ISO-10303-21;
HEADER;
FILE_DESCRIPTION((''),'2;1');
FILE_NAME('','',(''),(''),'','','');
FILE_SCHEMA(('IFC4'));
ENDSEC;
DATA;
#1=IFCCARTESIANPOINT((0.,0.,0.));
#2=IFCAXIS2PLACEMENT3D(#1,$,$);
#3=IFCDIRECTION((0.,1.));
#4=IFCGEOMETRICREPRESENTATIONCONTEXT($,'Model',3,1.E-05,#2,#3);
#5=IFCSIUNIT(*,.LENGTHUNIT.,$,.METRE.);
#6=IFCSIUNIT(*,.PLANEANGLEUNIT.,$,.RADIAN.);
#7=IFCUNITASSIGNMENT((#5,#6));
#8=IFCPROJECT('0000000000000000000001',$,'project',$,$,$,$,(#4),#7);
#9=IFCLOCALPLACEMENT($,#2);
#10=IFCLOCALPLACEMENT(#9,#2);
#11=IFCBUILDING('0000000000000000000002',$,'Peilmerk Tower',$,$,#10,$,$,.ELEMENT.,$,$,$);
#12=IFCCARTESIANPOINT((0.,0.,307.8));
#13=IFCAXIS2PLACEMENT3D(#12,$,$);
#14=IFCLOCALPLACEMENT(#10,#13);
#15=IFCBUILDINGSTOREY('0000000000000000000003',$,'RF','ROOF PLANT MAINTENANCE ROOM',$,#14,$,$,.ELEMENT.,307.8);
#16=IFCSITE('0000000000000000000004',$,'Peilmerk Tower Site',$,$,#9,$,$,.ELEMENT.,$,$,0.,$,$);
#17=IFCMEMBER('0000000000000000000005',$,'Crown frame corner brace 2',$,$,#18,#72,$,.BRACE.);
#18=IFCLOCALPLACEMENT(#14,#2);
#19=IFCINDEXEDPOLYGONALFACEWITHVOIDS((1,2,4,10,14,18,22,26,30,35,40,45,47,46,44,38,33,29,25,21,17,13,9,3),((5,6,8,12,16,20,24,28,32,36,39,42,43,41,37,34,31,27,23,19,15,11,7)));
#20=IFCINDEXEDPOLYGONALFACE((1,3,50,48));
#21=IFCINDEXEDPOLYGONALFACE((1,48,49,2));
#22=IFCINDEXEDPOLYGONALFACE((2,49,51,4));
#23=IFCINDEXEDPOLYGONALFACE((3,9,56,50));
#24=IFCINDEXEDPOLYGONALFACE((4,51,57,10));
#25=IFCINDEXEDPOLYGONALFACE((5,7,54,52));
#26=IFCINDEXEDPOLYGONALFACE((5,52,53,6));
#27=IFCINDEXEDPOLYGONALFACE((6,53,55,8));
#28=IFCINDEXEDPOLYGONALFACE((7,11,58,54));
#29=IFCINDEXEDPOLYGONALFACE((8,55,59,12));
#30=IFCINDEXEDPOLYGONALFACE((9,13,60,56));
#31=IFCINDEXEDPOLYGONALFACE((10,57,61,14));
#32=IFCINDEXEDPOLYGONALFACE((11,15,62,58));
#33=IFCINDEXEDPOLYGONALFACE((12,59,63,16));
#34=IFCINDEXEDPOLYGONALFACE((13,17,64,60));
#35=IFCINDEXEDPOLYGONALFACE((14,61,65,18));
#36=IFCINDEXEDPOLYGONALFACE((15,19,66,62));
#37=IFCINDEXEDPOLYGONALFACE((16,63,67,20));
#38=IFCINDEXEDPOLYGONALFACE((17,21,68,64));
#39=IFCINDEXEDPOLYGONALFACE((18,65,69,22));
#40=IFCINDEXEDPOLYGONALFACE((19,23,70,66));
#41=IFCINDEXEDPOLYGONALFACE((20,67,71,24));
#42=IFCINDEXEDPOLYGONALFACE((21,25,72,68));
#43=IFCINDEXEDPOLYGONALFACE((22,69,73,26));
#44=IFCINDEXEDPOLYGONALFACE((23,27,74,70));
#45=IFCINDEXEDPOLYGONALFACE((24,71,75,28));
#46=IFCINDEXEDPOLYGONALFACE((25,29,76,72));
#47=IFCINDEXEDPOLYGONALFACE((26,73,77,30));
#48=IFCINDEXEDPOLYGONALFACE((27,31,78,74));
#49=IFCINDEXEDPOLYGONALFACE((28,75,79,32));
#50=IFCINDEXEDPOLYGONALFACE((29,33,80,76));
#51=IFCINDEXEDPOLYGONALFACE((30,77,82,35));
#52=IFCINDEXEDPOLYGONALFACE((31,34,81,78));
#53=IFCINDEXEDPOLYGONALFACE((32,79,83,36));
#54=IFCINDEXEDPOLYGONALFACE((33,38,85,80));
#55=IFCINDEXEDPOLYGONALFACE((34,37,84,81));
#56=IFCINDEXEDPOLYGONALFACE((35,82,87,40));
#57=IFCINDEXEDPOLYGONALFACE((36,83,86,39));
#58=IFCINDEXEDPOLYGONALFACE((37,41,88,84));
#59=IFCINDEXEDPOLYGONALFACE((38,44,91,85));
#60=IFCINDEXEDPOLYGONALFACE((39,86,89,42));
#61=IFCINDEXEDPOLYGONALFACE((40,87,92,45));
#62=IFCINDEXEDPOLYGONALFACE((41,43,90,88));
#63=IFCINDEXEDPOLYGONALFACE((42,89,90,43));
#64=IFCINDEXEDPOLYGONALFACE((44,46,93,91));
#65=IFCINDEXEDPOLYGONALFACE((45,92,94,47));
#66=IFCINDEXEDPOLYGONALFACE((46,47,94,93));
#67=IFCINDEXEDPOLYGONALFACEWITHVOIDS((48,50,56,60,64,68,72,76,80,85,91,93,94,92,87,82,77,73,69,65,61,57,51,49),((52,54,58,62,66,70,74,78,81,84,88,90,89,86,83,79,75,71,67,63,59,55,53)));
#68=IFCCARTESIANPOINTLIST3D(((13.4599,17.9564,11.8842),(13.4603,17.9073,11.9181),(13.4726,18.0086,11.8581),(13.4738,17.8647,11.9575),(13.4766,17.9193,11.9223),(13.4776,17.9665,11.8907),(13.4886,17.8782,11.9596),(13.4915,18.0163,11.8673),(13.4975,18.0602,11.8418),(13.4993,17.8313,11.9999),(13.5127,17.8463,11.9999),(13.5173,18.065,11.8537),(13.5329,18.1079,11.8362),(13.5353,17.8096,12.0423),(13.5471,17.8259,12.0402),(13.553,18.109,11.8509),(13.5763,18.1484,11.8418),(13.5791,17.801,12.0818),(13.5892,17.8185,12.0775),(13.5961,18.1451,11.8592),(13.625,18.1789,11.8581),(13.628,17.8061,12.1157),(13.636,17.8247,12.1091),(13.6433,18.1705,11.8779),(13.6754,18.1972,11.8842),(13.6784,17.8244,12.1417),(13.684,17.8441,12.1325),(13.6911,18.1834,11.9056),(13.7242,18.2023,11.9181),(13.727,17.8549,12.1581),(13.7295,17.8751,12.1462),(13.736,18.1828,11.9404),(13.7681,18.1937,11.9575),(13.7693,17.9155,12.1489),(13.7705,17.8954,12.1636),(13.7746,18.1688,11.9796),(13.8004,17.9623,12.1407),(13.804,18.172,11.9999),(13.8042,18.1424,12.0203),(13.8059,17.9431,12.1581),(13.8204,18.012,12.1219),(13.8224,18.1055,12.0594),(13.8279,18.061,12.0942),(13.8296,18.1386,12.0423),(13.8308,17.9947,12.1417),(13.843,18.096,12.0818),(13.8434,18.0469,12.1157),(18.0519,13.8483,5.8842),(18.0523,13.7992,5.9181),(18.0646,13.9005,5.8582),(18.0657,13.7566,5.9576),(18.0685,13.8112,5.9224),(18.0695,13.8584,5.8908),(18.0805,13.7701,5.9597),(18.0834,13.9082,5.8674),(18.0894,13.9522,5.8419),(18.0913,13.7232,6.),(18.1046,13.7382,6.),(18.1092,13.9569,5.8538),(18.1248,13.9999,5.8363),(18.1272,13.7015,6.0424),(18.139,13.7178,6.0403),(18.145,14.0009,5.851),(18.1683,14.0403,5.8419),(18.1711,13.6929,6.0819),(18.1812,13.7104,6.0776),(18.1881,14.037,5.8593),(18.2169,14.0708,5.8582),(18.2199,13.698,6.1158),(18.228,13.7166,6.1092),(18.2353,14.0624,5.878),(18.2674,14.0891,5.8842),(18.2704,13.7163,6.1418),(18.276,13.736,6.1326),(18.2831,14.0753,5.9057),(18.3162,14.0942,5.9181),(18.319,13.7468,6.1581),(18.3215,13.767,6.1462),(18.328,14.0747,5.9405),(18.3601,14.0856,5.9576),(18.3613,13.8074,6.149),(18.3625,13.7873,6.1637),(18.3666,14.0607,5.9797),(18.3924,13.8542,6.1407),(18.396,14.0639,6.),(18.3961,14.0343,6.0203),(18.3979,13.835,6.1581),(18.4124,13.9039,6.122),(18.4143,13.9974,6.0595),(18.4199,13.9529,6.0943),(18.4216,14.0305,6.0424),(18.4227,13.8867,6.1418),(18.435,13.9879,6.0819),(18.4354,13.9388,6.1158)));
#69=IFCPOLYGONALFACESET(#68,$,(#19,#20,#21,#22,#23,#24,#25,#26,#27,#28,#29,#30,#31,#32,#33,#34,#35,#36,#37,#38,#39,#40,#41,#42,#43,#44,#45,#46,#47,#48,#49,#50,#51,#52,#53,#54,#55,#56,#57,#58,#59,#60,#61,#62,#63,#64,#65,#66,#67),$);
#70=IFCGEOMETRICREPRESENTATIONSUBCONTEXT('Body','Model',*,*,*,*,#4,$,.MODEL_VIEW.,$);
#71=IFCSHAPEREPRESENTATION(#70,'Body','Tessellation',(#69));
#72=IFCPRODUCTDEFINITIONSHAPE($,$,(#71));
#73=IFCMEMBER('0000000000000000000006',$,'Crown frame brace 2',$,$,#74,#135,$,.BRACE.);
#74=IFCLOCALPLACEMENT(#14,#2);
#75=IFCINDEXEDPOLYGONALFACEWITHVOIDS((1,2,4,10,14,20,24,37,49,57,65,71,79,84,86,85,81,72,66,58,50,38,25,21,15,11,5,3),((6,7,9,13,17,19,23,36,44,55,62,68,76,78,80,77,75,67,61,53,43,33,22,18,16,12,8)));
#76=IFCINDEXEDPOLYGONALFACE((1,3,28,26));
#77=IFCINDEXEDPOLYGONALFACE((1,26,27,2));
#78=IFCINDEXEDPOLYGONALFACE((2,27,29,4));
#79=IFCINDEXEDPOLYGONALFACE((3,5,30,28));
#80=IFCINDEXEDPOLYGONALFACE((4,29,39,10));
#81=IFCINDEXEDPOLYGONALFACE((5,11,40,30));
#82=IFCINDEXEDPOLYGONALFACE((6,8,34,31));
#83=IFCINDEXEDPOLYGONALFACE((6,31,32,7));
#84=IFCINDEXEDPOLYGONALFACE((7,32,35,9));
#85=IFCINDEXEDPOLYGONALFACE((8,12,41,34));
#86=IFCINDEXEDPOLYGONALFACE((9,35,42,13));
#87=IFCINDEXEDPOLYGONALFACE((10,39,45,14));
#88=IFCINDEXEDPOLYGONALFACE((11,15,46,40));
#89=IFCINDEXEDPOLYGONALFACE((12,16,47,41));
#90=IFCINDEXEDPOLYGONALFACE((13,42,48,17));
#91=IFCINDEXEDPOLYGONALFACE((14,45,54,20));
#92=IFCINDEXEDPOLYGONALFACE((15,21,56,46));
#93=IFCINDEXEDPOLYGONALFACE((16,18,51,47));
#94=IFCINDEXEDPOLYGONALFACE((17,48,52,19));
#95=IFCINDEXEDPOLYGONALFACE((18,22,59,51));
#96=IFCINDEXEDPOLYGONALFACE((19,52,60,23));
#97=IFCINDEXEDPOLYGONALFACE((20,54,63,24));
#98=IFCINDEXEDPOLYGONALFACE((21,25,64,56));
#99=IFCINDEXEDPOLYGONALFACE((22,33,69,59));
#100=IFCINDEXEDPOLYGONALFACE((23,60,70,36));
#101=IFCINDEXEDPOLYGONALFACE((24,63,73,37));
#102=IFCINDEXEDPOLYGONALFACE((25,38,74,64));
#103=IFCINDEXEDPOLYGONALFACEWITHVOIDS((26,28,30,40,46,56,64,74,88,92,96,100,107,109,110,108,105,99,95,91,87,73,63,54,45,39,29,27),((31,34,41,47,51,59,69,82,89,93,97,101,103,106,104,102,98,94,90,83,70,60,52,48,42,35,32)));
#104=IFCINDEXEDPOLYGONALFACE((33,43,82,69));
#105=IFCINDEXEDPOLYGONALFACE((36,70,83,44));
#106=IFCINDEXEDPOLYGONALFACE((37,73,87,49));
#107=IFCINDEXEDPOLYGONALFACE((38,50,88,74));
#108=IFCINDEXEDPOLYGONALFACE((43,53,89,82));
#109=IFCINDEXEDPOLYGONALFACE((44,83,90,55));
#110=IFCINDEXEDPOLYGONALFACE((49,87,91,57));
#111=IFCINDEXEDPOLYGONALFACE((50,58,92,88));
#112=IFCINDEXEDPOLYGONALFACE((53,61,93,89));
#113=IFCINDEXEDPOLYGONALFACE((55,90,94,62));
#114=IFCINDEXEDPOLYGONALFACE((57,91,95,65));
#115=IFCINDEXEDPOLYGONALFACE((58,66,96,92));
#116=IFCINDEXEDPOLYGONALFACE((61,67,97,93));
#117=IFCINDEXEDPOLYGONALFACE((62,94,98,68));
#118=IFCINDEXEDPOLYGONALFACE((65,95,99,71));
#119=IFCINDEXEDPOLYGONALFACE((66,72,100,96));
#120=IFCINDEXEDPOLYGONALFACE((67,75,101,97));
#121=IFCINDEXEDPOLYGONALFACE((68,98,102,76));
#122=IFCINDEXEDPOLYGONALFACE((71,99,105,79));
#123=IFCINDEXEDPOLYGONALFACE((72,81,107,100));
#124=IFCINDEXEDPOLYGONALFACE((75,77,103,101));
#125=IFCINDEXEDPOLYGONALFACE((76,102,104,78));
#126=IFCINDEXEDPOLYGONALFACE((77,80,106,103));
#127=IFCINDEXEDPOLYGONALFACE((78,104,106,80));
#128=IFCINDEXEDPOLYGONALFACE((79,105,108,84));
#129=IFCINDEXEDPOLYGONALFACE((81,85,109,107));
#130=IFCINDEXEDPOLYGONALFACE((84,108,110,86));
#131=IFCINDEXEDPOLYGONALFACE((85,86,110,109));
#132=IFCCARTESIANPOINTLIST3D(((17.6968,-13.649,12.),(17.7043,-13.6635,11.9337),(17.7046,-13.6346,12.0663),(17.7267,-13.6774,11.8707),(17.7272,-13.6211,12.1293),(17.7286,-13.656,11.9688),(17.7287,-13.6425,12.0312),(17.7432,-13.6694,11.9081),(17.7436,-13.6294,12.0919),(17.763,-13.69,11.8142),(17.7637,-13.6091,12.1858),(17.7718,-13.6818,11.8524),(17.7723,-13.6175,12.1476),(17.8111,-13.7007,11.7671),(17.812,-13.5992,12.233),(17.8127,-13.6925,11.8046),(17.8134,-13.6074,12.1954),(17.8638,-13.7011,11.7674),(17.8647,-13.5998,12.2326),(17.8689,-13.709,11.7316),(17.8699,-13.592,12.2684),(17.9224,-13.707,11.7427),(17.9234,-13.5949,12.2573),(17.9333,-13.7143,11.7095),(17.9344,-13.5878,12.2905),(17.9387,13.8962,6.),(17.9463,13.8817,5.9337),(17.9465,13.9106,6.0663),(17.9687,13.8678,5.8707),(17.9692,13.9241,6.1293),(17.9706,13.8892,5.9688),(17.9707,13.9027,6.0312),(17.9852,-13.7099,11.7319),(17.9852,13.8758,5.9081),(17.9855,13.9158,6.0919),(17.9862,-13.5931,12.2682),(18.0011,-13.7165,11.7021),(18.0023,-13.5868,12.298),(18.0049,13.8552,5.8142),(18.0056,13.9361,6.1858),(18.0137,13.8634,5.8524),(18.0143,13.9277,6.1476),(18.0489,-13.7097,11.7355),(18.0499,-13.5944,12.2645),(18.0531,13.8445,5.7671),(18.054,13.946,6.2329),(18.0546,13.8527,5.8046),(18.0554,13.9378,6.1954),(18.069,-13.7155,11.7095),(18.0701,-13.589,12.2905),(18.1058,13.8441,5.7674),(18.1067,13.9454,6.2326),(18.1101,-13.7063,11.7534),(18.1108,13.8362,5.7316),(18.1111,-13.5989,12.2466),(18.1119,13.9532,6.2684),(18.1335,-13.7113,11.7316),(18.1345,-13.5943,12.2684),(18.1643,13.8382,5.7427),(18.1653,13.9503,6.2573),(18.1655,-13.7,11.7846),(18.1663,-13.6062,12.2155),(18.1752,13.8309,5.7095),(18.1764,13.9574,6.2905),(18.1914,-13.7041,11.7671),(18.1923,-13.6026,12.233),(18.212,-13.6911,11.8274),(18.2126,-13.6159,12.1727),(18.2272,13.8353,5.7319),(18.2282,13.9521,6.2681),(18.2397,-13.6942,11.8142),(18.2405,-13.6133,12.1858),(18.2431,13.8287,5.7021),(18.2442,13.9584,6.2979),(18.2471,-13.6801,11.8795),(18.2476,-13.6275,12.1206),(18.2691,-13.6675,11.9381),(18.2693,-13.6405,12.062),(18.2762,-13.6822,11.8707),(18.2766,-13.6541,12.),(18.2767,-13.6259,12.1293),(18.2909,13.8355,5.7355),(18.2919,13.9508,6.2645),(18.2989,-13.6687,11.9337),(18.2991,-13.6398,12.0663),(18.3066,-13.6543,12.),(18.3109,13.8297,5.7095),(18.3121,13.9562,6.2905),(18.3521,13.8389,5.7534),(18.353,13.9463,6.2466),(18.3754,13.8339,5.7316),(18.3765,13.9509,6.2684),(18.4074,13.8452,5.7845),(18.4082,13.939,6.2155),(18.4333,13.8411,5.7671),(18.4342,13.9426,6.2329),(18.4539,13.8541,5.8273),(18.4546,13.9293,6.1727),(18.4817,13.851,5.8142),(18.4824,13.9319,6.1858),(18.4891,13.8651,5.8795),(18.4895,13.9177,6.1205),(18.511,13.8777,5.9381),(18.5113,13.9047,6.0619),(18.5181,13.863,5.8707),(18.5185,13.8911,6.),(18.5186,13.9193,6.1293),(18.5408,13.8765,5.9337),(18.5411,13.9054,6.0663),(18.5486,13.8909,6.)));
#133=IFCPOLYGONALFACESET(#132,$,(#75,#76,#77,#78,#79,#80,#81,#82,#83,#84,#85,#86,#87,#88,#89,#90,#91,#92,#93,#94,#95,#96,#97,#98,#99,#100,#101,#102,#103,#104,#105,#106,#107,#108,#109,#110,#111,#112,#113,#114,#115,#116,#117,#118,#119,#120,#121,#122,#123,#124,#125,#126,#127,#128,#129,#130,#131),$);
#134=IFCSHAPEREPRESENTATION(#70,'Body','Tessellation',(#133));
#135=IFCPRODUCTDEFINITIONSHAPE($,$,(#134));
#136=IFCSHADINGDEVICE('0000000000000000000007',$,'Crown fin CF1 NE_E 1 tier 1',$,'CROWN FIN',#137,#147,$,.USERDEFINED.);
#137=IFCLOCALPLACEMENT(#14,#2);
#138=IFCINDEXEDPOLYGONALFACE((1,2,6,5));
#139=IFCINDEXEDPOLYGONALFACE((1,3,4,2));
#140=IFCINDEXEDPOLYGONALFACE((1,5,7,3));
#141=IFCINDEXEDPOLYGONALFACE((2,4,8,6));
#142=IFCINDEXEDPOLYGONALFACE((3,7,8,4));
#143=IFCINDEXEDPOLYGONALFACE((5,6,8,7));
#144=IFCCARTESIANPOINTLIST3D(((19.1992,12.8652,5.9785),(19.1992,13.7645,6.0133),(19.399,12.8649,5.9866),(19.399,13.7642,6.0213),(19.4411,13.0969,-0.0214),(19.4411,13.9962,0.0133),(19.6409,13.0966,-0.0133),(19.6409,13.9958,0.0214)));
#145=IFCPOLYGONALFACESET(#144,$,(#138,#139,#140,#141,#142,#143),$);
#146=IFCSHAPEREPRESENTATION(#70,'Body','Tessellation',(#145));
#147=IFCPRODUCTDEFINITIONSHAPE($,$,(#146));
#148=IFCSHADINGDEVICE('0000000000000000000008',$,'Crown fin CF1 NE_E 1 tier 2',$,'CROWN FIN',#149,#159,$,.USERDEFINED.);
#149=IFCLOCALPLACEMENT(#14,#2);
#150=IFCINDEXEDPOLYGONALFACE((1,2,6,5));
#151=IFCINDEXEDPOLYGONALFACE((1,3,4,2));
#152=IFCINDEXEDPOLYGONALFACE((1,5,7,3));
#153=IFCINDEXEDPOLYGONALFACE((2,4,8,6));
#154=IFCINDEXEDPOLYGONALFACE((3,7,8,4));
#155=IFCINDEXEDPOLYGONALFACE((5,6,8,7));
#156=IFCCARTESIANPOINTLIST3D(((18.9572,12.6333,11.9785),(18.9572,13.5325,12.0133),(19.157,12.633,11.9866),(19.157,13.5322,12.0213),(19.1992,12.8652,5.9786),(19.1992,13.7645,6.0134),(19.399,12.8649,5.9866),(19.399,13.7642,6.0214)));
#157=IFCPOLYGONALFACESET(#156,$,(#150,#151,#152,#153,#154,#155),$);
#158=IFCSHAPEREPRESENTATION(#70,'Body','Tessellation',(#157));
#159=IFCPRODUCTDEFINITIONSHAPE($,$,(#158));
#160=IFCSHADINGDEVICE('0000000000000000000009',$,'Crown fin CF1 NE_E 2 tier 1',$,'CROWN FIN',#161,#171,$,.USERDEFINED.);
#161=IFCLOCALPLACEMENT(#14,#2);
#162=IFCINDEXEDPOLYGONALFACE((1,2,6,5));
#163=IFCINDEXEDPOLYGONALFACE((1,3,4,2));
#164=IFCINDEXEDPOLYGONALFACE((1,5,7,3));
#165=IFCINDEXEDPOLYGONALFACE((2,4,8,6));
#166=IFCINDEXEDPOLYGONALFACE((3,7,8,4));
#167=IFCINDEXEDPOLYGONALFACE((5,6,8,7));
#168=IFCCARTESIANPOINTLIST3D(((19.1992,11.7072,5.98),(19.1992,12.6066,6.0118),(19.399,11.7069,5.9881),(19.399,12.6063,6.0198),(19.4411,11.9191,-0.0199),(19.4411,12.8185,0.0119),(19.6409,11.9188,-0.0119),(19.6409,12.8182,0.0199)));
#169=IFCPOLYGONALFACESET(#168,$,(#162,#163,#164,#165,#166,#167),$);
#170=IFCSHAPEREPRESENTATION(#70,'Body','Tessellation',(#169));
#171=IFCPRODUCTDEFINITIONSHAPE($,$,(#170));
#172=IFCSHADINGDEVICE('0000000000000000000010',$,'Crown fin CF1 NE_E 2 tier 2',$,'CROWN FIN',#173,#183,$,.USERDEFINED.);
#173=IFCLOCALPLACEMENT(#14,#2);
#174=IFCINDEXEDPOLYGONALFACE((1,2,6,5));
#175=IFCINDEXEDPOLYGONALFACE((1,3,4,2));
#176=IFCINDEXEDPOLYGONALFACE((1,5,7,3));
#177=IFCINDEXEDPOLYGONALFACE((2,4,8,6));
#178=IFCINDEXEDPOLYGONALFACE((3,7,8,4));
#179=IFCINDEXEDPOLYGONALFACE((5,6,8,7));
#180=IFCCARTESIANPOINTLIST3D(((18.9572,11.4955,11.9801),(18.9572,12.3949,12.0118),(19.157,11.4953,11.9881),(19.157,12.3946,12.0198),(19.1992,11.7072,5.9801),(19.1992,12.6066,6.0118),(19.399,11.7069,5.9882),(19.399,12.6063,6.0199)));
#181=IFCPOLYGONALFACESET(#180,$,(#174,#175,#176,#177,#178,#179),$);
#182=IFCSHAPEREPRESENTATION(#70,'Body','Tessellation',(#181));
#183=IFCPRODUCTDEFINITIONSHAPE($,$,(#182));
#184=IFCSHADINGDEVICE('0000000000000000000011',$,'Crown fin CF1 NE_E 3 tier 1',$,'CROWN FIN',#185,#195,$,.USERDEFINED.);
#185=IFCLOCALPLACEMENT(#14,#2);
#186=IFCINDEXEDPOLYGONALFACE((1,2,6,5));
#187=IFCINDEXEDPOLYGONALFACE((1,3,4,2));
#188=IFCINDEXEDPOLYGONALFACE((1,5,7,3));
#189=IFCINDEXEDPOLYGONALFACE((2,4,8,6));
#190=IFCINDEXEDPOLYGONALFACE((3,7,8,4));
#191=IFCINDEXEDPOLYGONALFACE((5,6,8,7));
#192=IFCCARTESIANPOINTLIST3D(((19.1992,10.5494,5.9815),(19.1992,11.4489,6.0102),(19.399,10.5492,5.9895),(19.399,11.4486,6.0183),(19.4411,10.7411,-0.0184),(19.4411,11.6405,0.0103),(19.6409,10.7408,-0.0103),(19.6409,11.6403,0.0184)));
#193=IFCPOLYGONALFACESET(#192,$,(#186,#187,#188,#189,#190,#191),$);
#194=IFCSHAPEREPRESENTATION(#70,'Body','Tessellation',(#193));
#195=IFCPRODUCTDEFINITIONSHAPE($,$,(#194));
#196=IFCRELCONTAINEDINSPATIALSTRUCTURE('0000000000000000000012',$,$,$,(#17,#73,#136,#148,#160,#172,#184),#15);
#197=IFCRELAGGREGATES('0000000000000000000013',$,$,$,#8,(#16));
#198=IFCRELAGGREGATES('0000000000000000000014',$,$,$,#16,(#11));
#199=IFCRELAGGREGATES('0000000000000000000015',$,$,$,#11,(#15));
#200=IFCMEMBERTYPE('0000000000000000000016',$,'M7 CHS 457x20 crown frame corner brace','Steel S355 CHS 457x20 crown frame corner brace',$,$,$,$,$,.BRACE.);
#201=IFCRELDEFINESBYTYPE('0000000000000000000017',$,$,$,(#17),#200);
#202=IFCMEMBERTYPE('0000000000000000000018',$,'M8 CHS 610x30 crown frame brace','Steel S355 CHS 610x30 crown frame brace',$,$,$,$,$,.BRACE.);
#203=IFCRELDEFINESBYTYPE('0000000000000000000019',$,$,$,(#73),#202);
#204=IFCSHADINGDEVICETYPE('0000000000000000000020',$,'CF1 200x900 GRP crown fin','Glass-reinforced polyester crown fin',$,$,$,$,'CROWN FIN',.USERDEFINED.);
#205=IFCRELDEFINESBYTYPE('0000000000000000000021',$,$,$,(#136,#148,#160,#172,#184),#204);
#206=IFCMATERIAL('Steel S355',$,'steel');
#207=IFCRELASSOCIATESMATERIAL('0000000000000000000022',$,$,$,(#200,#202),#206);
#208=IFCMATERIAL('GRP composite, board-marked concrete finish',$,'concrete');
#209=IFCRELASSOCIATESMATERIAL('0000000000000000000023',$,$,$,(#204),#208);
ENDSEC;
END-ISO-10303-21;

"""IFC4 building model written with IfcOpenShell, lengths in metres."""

from ifc_helpers import new_model, si_unit, direction, frame, origin, origin_2d, place, context, subcontext, project, spatial, rectangle, hollow_circle, extrude, source, transform, mapped, material, material_profile, profile_set, type_object, element, save


model = new_model("IFC4")

# Units and contexts
model_context = context("Model", 3, precision=1e-05, world=origin(), true_north=direction((0.0, 1.0)))
body_context = subcontext(model_context, "Body", "Model", "MODEL_VIEW")
ifc_project = project(units=[si_unit("LENGTHUNIT", "METRE"), si_unit("PLANEANGLEUNIT", "RADIAN")], contexts=[model_context])

# Site, building, storey
site_placement = place(None, origin())
site = spatial("IfcSite", under=ifc_project, at=site_placement, Name="Peilmerk Tower Site", CompositionType="ELEMENT", RefElevation=0.0)
building_placement = place(site_placement, origin())
building = spatial("IfcBuilding", under=site, at=building_placement, Name="Peilmerk Tower", CompositionType="ELEMENT")
storey_placement = place(building_placement, frame((0.0, 0.0, 307.8)))
storey = spatial("IfcBuildingStorey", under=building, at=storey_placement, Name="RF", Description="ROOF PLANT MAINTENANCE ROOM", CompositionType="ELEMENT", Elevation=307.8)

# Shared definitions
ifc_material_1 = material(Name="Steel S355", Category="steel")

# Members
ifc_material_profile_1 = material_profile(ifc_material_1, hollow_circle(Radius=0.2285, WallThickness=0.02, at=origin_2d()), Name="CHS 457x20")
ifc_profile_set_1 = profile_set([ifc_material_profile_1], Name="Steel S355")
member_type_1 = type_object("IfcMemberType", Name="M7 CHS 457x20 crown frame corner brace", Description="Steel S355 CHS 457x20 crown frame corner brace", PredefinedType="BRACE", material=ifc_profile_set_1)
member_1_placement = place(storey_placement, frame((18.2437, 13.8936, 6.0), z_axis=(-0.533945, 0.47768, 0.697657), x_axis=(-0.666749, -0.745283, 0.0)))
element("IfcMember", 1, at=member_1_placement, inside=storey, type_object=member_type_1, Name="Crown frame corner brace 2", PredefinedType="BRACE", context=body_context, shape_type="SweptSolid", body=[
    extrude(hollow_circle(Radius=0.2285, WallThickness=0.02, at=origin_2d()), origin(), (0.0, 0.0, 1.0), 8.6001),
])
ifc_material_profile_2 = material_profile(ifc_material_1, hollow_circle(Radius=0.3049, WallThickness=0.03, at=origin_2d()), Name="CHS 610x30")
ifc_profile_set_2 = profile_set([ifc_material_profile_2], Name="Steel S355")
member_type_2 = type_object("IfcMemberType", Name="M8 CHS 610x30 crown frame brace", Description="Steel S355 CHS 610x30 crown frame brace", PredefinedType="BRACE", material=ifc_profile_set_2)
member_2_placement = place(storey_placement, frame((18.2437, 13.8936, 6.0), z_axis=(-0.008582, -0.977053, 0.212826), x_axis=(0.999961, -0.008783, 0.0)))
element("IfcMember", 2, at=member_2_placement, inside=storey, type_object=member_type_2, Name="Crown frame brace 2", PredefinedType="BRACE", context=body_context, shape_type="SweptSolid", body=[
    extrude(hollow_circle(Radius=0.3049, WallThickness=0.03, at=origin_2d()), origin(), (0.0, 0.0, 1.0), 28.1921),
])

# Shading devices
ifc_material_2 = material(Name="GRP composite, board-marked concrete finish", Category="concrete")
ifc_material_profile_3 = material_profile(ifc_material_2, rectangle(XDim=0.2, YDim=0.8999, at=origin_2d()), Name="CF1 200x900")
ifc_profile_set_3 = profile_set([ifc_material_profile_3], Name="GRP composite, board-marked concrete finish")
shading_device_type = type_object("IfcShadingDeviceType", Name="CF1 200x900 GRP crown fin", Description="Glass-reinforced polyester crown fin", ElementType="CROWN FIN", PredefinedType="USERDEFINED", material=ifc_profile_set_3)
shared_shape_1 = source(origin(), body_context, "Body", "SweptSolid", [
    extrude(rectangle(XDim=0.2, YDim=0.8999, at=origin_2d()), origin(), (0.0, 0.0, 1.0), 6.0093),
])
for number, where, z_axis, x_axis, name in (
    (3, (19.541, 13.5464, 0.0), (-0.040261, -0.038555, 0.998445), (0.999189, -0.001554, 0.040231), "Crown fin CF1 NE_E 1 tier 1"),
    (4, (19.2991, 13.3147, 6.0), (-0.040261, -0.038595, 0.998444), (0.999189, -0.001555, 0.040231), "Crown fin CF1 NE_E 1 tier 2"),
):
    element("IfcShadingDevice", number, at=place(storey_placement, frame(where, z_axis=z_axis, x_axis=x_axis)), inside=storey, type_object=shading_device_type, Name=name, ObjectType="CROWN FIN", PredefinedType="USERDEFINED", context=body_context, shape_type="MappedRepresentation", body=[
        mapped(shared_shape_1, transform((0.0, 0.0, 0.0), scale=1.0)),
    ])
shared_shape_2 = source(origin(), body_context, "Body", "SweptSolid", [
    extrude(rectangle(XDim=0.2, YDim=0.8999, at=origin_2d()), origin(), (0.0, 0.0, 1.0), 6.0085),
])
for number, where, z_axis, x_axis, name in (
    (5, (19.541, 12.3687, 0.0), (-0.040266, -0.035268, 0.998566), (0.999189, -0.001421, 0.040241), "Crown fin CF1 NE_E 2 tier 1"),
    (6, (19.2991, 12.1567, 6.0), (-0.040266, -0.035228, 0.998568), (0.999189, -0.00142, 0.040241), "Crown fin CF1 NE_E 2 tier 2"),
):
    element("IfcShadingDevice", number, at=place(storey_placement, frame(where, z_axis=z_axis, x_axis=x_axis)), inside=storey, type_object=shading_device_type, Name=name, ObjectType="CROWN FIN", PredefinedType="USERDEFINED", context=body_context, shape_type="MappedRepresentation", body=[
        mapped(shared_shape_2, transform((0.0, 0.0, 0.0), scale=1.0)),
    ])
shared_shape_3 = source(origin(), body_context, "Body", "SweptSolid", [
    extrude(rectangle(XDim=0.2, YDim=0.8999, at=origin_2d()), origin(), (0.0, 0.0, 1.0), 6.0078),
])
for number, where, z_axis, x_axis, name in (
    (7, (19.541, 11.1907, 0.0), (-0.040271, -0.0319, 0.998679), (0.999189, -0.001286, 0.04025), "Crown fin CF1 NE_E 3 tier 1"),
):
    element("IfcShadingDevice", number, at=place(storey_placement, frame(where, z_axis=z_axis, x_axis=x_axis)), inside=storey, type_object=shading_device_type, Name=name, ObjectType="CROWN FIN", PredefinedType="USERDEFINED", context=body_context, shape_type="MappedRepresentation", body=[
        mapped(shared_shape_3, transform((0.0, 0.0, 0.0), scale=1.0)),
    ])

save(model, "model.ifc")
